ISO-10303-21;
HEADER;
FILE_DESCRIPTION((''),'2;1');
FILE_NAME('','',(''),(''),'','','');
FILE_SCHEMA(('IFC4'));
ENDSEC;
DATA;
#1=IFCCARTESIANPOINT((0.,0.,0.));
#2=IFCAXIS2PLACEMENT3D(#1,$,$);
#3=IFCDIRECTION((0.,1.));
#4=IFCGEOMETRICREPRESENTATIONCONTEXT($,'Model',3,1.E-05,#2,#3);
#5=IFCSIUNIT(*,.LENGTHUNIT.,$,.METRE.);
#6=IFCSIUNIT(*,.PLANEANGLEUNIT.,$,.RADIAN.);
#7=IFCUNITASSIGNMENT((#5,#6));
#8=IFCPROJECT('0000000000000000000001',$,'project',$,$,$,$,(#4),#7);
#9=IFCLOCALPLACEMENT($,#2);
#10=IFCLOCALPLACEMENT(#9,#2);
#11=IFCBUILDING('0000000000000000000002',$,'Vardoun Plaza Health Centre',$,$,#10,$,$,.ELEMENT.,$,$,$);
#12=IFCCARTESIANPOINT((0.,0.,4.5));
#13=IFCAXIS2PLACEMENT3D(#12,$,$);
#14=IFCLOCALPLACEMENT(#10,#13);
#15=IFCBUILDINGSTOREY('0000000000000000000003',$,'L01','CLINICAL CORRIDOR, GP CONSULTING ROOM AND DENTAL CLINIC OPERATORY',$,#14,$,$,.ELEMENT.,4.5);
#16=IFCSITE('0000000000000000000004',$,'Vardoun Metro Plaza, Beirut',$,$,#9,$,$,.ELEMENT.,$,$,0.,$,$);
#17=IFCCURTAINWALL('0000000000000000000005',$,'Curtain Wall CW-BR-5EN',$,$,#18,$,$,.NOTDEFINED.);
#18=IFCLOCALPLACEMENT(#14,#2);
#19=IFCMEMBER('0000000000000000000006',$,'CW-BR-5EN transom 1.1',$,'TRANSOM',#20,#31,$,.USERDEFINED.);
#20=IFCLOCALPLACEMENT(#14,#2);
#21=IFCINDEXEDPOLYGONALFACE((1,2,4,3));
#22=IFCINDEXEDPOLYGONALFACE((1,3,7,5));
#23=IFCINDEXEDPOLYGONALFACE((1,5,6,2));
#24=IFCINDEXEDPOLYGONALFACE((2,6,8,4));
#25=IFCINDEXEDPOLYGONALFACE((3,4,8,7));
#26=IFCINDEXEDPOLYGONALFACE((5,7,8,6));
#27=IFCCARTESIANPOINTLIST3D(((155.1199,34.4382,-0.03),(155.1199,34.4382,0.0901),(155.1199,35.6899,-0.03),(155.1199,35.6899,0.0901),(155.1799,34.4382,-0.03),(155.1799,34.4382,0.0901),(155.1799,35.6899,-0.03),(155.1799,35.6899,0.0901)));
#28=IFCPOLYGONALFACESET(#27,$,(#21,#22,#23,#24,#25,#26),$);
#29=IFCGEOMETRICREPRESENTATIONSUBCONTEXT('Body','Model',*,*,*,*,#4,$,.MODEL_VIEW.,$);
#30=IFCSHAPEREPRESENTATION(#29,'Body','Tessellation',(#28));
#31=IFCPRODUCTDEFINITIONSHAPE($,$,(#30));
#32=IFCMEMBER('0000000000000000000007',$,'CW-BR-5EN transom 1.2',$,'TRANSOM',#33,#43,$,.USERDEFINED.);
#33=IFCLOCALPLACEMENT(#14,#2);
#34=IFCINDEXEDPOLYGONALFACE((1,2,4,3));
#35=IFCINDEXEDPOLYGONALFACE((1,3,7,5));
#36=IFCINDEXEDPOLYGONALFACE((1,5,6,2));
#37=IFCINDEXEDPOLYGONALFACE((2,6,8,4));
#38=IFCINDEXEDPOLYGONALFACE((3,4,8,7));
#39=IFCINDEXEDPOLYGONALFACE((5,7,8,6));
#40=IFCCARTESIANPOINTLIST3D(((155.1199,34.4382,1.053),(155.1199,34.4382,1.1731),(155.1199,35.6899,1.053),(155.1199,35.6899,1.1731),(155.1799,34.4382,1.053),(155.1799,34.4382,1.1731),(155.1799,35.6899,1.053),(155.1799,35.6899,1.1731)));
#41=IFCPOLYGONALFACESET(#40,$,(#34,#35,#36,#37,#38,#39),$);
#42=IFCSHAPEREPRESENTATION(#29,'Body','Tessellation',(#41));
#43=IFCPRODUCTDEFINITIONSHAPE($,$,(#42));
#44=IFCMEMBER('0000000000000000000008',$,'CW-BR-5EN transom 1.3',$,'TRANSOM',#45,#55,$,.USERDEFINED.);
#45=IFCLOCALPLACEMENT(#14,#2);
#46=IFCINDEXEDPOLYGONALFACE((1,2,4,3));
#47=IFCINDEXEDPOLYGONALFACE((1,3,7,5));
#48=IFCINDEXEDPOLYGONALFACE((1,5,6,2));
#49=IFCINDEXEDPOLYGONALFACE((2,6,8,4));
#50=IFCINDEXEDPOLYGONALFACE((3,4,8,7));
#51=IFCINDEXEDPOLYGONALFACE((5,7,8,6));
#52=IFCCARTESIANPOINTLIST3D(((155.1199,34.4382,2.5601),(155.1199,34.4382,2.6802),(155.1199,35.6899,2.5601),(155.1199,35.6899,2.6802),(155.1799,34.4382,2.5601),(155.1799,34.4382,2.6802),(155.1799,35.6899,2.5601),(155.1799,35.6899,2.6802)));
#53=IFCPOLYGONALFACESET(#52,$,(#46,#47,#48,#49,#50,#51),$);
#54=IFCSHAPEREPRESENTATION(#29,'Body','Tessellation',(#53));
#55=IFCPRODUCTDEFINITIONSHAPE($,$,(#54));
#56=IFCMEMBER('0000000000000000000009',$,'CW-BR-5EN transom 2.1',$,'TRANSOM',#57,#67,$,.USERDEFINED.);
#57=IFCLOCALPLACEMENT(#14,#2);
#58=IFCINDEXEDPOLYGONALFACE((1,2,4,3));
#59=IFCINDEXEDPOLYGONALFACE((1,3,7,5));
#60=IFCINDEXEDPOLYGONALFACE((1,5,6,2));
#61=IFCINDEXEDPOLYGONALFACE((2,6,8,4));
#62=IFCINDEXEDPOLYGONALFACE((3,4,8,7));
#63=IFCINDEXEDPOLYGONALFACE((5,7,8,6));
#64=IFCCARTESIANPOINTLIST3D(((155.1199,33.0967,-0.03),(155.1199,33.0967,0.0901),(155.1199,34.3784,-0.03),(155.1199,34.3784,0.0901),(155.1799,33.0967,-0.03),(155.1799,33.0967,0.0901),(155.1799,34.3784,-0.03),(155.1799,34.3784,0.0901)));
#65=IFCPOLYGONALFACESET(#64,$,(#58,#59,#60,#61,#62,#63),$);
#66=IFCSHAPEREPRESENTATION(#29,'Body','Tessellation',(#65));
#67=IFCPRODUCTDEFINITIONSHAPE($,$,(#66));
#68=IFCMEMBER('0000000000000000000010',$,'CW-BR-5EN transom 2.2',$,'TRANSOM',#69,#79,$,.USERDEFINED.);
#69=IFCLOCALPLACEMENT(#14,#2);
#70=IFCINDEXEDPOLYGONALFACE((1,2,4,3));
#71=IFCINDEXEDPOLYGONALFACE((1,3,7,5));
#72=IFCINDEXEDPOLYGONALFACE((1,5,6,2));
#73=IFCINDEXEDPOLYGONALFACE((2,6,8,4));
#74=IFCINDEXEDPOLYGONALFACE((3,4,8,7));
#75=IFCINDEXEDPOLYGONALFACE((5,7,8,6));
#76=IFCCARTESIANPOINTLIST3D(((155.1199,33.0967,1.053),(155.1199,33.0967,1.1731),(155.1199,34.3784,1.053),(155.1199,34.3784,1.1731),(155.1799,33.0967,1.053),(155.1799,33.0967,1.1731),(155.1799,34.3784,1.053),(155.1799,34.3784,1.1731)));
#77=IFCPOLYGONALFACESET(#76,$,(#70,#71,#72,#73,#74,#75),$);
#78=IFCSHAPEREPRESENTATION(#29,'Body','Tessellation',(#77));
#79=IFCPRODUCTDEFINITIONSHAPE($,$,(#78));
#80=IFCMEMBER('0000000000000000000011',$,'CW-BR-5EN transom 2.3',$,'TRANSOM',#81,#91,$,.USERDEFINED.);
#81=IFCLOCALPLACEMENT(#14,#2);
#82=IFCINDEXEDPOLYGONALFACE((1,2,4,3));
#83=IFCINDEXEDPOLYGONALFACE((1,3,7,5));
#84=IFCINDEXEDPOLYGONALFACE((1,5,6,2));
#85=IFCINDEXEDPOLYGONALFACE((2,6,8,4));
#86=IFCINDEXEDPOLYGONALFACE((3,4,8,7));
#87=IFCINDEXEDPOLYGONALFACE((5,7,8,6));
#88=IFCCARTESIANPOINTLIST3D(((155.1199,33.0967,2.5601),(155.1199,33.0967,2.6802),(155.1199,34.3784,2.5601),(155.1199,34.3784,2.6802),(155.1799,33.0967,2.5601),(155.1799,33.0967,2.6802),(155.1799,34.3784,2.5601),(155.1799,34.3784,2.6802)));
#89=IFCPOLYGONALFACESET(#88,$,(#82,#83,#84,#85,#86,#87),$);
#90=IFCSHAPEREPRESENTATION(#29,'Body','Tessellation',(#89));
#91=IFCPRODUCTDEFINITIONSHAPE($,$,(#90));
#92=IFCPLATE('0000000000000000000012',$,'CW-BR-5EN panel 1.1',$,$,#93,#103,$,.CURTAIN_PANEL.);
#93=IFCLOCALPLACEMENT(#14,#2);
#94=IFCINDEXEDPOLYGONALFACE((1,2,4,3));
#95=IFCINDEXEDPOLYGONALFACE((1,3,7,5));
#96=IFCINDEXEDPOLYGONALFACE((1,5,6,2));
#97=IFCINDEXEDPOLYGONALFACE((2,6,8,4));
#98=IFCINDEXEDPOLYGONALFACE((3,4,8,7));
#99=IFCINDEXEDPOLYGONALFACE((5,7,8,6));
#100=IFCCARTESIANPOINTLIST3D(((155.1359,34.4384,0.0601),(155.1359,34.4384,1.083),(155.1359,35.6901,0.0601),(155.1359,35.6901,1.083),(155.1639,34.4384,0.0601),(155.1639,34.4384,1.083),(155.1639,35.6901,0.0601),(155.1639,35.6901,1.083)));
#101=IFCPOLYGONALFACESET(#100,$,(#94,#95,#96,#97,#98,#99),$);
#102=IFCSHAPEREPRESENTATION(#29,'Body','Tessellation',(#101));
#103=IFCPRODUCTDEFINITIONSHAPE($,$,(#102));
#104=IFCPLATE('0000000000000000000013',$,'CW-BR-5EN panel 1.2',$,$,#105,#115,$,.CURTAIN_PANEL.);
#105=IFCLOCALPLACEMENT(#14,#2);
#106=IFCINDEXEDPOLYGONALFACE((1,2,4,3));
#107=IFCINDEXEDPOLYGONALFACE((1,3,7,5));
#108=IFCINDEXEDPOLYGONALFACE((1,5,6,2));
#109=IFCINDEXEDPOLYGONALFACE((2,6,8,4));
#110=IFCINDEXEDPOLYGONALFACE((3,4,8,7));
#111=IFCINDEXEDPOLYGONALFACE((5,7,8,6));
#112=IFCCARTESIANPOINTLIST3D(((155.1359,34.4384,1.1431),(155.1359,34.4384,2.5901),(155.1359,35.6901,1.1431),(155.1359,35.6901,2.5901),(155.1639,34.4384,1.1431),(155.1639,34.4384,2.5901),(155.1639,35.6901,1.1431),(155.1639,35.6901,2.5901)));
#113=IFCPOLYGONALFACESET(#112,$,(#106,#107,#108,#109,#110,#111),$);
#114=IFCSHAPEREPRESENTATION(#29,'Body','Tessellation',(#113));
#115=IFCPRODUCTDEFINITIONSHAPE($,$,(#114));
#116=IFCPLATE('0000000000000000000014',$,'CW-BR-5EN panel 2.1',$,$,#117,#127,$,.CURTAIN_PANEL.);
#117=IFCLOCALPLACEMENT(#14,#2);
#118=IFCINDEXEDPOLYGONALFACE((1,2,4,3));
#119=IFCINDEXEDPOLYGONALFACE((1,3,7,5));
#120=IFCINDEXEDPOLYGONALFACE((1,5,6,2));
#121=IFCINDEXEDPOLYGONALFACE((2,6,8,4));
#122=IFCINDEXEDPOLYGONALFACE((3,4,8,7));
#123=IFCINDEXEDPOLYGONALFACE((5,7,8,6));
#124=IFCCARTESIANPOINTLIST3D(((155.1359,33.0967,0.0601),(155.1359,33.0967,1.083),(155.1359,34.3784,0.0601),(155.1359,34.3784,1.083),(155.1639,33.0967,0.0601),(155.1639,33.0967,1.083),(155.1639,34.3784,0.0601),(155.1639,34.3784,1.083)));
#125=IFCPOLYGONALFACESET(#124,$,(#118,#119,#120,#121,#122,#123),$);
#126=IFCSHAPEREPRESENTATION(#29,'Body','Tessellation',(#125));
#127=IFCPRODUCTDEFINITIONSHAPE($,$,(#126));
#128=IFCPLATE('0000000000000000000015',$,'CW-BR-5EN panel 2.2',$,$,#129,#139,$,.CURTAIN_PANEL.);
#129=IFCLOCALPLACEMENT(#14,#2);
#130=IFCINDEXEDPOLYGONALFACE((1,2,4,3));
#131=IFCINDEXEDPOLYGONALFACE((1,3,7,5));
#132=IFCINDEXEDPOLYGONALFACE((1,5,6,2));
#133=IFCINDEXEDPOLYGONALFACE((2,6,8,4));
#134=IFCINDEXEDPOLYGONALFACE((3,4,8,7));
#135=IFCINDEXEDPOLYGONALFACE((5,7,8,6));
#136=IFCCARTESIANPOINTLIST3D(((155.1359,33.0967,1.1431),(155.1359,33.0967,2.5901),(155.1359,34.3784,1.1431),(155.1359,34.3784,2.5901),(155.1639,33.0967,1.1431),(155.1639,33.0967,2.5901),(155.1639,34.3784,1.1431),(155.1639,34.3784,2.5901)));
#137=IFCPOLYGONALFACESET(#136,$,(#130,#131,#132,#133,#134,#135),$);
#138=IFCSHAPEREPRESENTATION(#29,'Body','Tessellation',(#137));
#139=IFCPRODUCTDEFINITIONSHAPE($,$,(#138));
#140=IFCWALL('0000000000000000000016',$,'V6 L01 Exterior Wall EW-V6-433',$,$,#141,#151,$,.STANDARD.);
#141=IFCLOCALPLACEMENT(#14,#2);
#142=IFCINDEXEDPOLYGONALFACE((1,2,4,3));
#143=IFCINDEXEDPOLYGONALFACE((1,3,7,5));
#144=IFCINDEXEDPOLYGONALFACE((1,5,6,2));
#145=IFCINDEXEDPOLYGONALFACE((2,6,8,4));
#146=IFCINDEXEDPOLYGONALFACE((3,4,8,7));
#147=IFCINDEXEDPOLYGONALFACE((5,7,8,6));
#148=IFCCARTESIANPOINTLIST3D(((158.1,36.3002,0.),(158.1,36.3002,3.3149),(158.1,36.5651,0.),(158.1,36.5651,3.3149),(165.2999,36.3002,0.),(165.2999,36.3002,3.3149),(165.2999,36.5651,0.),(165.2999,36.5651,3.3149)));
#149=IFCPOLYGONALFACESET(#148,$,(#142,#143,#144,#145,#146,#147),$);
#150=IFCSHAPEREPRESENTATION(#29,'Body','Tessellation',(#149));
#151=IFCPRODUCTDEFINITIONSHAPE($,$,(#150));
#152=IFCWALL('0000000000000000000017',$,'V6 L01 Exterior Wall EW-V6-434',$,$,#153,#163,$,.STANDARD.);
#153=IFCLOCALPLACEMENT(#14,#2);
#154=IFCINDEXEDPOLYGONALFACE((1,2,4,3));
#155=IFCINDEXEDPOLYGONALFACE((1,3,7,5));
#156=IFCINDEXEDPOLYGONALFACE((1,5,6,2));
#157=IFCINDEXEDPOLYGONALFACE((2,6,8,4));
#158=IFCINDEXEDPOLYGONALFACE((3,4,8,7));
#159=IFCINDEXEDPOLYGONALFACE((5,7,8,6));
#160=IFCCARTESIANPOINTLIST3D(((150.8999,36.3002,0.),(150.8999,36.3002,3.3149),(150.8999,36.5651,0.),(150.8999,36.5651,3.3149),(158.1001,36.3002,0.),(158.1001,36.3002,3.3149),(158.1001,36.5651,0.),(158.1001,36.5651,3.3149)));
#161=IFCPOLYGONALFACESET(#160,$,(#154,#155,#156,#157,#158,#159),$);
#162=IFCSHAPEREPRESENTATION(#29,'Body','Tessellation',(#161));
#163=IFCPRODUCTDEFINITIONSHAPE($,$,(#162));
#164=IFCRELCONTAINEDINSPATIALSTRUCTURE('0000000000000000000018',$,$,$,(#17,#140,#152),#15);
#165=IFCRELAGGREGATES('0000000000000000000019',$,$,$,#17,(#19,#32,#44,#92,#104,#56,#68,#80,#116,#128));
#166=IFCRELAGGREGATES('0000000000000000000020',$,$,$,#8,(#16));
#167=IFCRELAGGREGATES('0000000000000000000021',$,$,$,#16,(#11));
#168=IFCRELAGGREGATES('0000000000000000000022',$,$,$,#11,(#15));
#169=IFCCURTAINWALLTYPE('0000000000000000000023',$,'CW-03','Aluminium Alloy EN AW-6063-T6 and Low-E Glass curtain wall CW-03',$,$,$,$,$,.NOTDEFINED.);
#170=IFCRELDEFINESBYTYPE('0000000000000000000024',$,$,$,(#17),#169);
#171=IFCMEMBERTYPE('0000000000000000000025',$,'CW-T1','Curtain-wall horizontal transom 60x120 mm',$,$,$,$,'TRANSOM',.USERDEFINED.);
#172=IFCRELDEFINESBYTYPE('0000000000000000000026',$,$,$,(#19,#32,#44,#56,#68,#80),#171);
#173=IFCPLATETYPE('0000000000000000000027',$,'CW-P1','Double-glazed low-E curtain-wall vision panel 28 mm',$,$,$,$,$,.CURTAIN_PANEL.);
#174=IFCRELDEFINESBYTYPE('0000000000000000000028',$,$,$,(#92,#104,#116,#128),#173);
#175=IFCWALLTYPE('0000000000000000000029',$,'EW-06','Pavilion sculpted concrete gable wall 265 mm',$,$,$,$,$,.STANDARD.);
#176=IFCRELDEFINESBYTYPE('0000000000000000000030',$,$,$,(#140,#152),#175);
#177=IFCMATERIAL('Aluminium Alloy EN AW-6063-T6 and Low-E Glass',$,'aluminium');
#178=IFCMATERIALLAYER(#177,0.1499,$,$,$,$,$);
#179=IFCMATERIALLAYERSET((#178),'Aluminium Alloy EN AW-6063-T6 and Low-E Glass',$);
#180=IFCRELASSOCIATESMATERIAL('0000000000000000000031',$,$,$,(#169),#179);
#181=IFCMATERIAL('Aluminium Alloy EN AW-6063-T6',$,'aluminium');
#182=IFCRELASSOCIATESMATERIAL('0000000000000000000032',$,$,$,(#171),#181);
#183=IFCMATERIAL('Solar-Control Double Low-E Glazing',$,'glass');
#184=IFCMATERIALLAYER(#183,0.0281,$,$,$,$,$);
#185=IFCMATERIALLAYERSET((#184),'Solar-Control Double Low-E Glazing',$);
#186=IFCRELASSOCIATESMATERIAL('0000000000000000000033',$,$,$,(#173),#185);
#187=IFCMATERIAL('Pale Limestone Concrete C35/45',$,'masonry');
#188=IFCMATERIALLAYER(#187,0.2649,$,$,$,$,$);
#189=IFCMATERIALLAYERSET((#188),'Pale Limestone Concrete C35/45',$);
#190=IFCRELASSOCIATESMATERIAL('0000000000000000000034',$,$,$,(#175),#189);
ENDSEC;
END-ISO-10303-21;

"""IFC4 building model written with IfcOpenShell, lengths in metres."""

from ifc_helpers import new_model, si_unit, direction, frame, frame_2d, origin, origin_2d, place, context, subcontext, project, spatial, rectangle, extrude, material, layer, layer_set, material_profile, profile_set, type_object, element, aggregate, save


model = new_model("IFC4")

# Units and contexts
model_context = context("Model", 3, precision=1e-05, world=origin(), true_north=direction((0.0, 1.0)))
body_context = subcontext(model_context, "Body", "Model", "MODEL_VIEW")
ifc_project = project(units=[si_unit("LENGTHUNIT", "METRE"), si_unit("PLANEANGLEUNIT", "RADIAN")], contexts=[model_context])

# Site, building, storey
site_placement = place(None, origin())
site = spatial("IfcSite", under=ifc_project, at=site_placement, Name="Vardoun Metro Plaza, Beirut", CompositionType="ELEMENT", RefElevation=0.0)
building_placement = place(site_placement, origin())
building = spatial("IfcBuilding", under=site, at=building_placement, Name="Vardoun Plaza Health Centre", CompositionType="ELEMENT")
storey_placement = place(building_placement, frame((0.0, 0.0, 4.5)))
storey = spatial("IfcBuildingStorey", under=building, at=storey_placement, Name="L01", Description="CLINICAL CORRIDOR, GP CONSULTING ROOM AND DENTAL CLINIC OPERATORY", CompositionType="ELEMENT", Elevation=4.5)

# Curtain wall, members, plates
ifc_material_1 = material(Name="Aluminium Alloy EN AW-6063-T6 and Low-E Glass", Category="aluminium")
ifc_layer_1 = layer(ifc_material_1, 0.1499)
ifc_layer_set_1 = layer_set([ifc_layer_1], Name="Aluminium Alloy EN AW-6063-T6 and Low-E Glass")
curtain_wall_type = type_object("IfcCurtainWallType", Name="CW-03", Description="Aluminium Alloy EN AW-6063-T6 and Low-E Glass curtain wall CW-03", PredefinedType="NOTDEFINED", material=ifc_layer_set_1)
curtain_wall_placement = place(storey_placement, origin())
curtain_wall = element("IfcCurtainWall", 1, at=curtain_wall_placement, inside=storey, type_object=curtain_wall_type, Name="Curtain Wall CW-BR-5EN", PredefinedType="NOTDEFINED")
ifc_material_2 = material(Name="Aluminium Alloy EN AW-6063-T6", Category="aluminium")
ifc_material_profile_1 = material_profile(ifc_material_2, rectangle(XDim=0.0601, YDim=0.1201, at=origin_2d()), Name="CWT 60x120")
ifc_profile_set_1 = profile_set([ifc_material_profile_1], Name="Aluminium Alloy EN AW-6063-T6")
member_type_1 = type_object("IfcMemberType", Name="CW-T1", Description="Curtain-wall horizontal transom 60x120 mm", ElementType="TRANSOM", PredefinedType="USERDEFINED", material=ifc_profile_set_1)
member_1_placement = place(storey_placement, frame((155.1499, 35.6899, 0.03), z_axis=(0.0, -1.0, 0.0), x_axis=(1.0, 0.0, 0.0)))
member_1 = element("IfcMember", 2, at=member_1_placement, type_object=member_type_1, Name="CW-BR-5EN transom 1.1", ObjectType="TRANSOM", PredefinedType="USERDEFINED", context=body_context, shape_type="SweptSolid", body=[
    extrude(rectangle(XDim=0.0601, YDim=0.1201, at=origin_2d()), origin(), (0.0, 0.0, 1.0), 1.2517),
])
member_2_placement = place(storey_placement, frame((155.1499, 35.6899, 1.113), z_axis=(0.0, -1.0, 0.0), x_axis=(1.0, 0.0, 0.0)))
member_2 = element("IfcMember", 3, at=member_2_placement, type_object=member_type_1, Name="CW-BR-5EN transom 1.2", ObjectType="TRANSOM", PredefinedType="USERDEFINED", context=body_context, shape_type="SweptSolid", body=[
    extrude(rectangle(XDim=0.0601, YDim=0.1201, at=origin_2d()), origin(), (0.0, 0.0, 1.0), 1.2517),
])
member_3_placement = place(storey_placement, frame((155.1499, 35.6899, 2.6201), z_axis=(0.0, -1.0, 0.0), x_axis=(1.0, 0.0, 0.0)))
member_3 = element("IfcMember", 4, at=member_3_placement, type_object=member_type_1, Name="CW-BR-5EN transom 1.3", ObjectType="TRANSOM", PredefinedType="USERDEFINED", context=body_context, shape_type="SweptSolid", body=[
    extrude(rectangle(XDim=0.0601, YDim=0.1201, at=origin_2d()), origin(), (0.0, 0.0, 1.0), 1.2517),
])
member_4_placement = place(storey_placement, frame((155.1499, 34.3784, 0.03), z_axis=(0.0, -1.0, 0.0), x_axis=(1.0, 0.0, 0.0)))
member_4 = element("IfcMember", 5, at=member_4_placement, type_object=member_type_1, Name="CW-BR-5EN transom 2.1", ObjectType="TRANSOM", PredefinedType="USERDEFINED", context=body_context, shape_type="SweptSolid", body=[
    extrude(rectangle(XDim=0.0601, YDim=0.1201, at=origin_2d()), origin(), (0.0, 0.0, 1.0), 1.2817),
])
member_5_placement = place(storey_placement, frame((155.1499, 34.3784, 1.113), z_axis=(0.0, -1.0, 0.0), x_axis=(1.0, 0.0, 0.0)))
member_5 = element("IfcMember", 6, at=member_5_placement, type_object=member_type_1, Name="CW-BR-5EN transom 2.2", ObjectType="TRANSOM", PredefinedType="USERDEFINED", context=body_context, shape_type="SweptSolid", body=[
    extrude(rectangle(XDim=0.0601, YDim=0.1201, at=origin_2d()), origin(), (0.0, 0.0, 1.0), 1.2817),
])
member_6_placement = place(storey_placement, frame((155.1499, 34.3784, 2.6201), z_axis=(0.0, -1.0, 0.0), x_axis=(1.0, 0.0, 0.0)))
member_6 = element("IfcMember", 7, at=member_6_placement, type_object=member_type_1, Name="CW-BR-5EN transom 2.3", ObjectType="TRANSOM", PredefinedType="USERDEFINED", context=body_context, shape_type="SweptSolid", body=[
    extrude(rectangle(XDim=0.0601, YDim=0.1201, at=origin_2d()), origin(), (0.0, 0.0, 1.0), 1.2817),
])
ifc_material_3 = material(Name="Solar-Control Double Low-E Glazing", Category="glass")
ifc_layer_2 = layer(ifc_material_3, 0.0281)
ifc_layer_set_2 = layer_set([ifc_layer_2], Name="Solar-Control Double Low-E Glazing")
plate_type = type_object("IfcPlateType", Name="CW-P1", Description="Double-glazed low-E curtain-wall vision panel 28 mm", PredefinedType="CURTAIN_PANEL", material=ifc_layer_set_2)
plate_1_placement = place(storey_placement, frame((155.1499, 35.0642, 0.0601), z_axis=(0.0, 0.0, 1.0), x_axis=(0.0, -1.0, 0.0)))
plate_1 = element("IfcPlate", 8, at=plate_1_placement, type_object=plate_type, Name="CW-BR-5EN panel 1.1", PredefinedType="CURTAIN_PANEL", context=body_context, shape_type="SweptSolid", body=[
    extrude(rectangle(XDim=1.2517, YDim=0.0281, at=origin_2d()), origin(), (0.0, 0.0, 1.0), 1.0229),
])
plate_2_placement = place(storey_placement, frame((155.1499, 35.0642, 1.1431), z_axis=(0.0, 0.0, 1.0), x_axis=(0.0, -1.0, 0.0)))
plate_2 = element("IfcPlate", 9, at=plate_2_placement, type_object=plate_type, Name="CW-BR-5EN panel 1.2", PredefinedType="CURTAIN_PANEL", context=body_context, shape_type="SweptSolid", body=[
    extrude(rectangle(XDim=1.2517, YDim=0.0281, at=origin_2d()), origin(), (0.0, 0.0, 1.0), 1.447),
])
plate_3_placement = place(storey_placement, frame((155.1499, 33.7375, 0.0601), z_axis=(0.0, 0.0, 1.0), x_axis=(0.0, -1.0, 0.0)))
plate_3 = element("IfcPlate", 10, at=plate_3_placement, type_object=plate_type, Name="CW-BR-5EN panel 2.1", PredefinedType="CURTAIN_PANEL", context=body_context, shape_type="SweptSolid", body=[
    extrude(rectangle(XDim=1.2817, YDim=0.0281, at=origin_2d()), origin(), (0.0, 0.0, 1.0), 1.0229),
])
plate_4_placement = place(storey_placement, frame((155.1499, 33.7375, 1.1431), z_axis=(0.0, 0.0, 1.0), x_axis=(0.0, -1.0, 0.0)))
plate_4 = element("IfcPlate", 11, at=plate_4_placement, type_object=plate_type, Name="CW-BR-5EN panel 2.2", PredefinedType="CURTAIN_PANEL", context=body_context, shape_type="SweptSolid", body=[
    extrude(rectangle(XDim=1.2817, YDim=0.0281, at=origin_2d()), origin(), (0.0, 0.0, 1.0), 1.447),
])
aggregate(curtain_wall, [member_1, member_2, member_3, plate_1, plate_2, member_4, member_5, member_6, plate_3, plate_4])

# Walls
ifc_material_4 = material(Name="Pale Limestone Concrete C35/45", Category="masonry")
ifc_layer_3 = layer(ifc_material_4, 0.2649)
ifc_layer_set_3 = layer_set([ifc_layer_3], Name="Pale Limestone Concrete C35/45")
wall_type = type_object("IfcWallType", Name="EW-06", Description="Pavilion sculpted concrete gable wall 265 mm", PredefinedType="STANDARD", material=ifc_layer_set_3)
wall_1_placement = place(storey_placement, frame((165.3, 36.4326, 0.0), z_axis=(0.0, 0.0, 1.0), x_axis=(-1.0, 0.0, 0.0)))
element("IfcWall", 12, at=wall_1_placement, inside=storey, type_object=wall_type, Name="V6 L01 Exterior Wall EW-V6-433", PredefinedType="STANDARD", context=body_context, shape_type="SweptSolid", body=[
    extrude(rectangle(XDim=7.2, YDim=0.2649, at=frame_2d((3.6001, 0.0))), origin(), (0.0, 0.0, 1.0), 3.3149),
])
wall_2_placement = place(storey_placement, frame((158.1001, 36.4326, 0.0), z_axis=(0.0, 0.0, 1.0), x_axis=(-1.0, 0.0, 0.0)))
element("IfcWall", 13, at=wall_2_placement, inside=storey, type_object=wall_type, Name="V6 L01 Exterior Wall EW-V6-434", PredefinedType="STANDARD", context=body_context, shape_type="SweptSolid", body=[
    extrude(rectangle(XDim=7.2002, YDim=0.2649, at=frame_2d((3.6001, 0.0))), origin(), (0.0, 0.0, 1.0), 3.3149),
])

save(model, "model.ifc")
